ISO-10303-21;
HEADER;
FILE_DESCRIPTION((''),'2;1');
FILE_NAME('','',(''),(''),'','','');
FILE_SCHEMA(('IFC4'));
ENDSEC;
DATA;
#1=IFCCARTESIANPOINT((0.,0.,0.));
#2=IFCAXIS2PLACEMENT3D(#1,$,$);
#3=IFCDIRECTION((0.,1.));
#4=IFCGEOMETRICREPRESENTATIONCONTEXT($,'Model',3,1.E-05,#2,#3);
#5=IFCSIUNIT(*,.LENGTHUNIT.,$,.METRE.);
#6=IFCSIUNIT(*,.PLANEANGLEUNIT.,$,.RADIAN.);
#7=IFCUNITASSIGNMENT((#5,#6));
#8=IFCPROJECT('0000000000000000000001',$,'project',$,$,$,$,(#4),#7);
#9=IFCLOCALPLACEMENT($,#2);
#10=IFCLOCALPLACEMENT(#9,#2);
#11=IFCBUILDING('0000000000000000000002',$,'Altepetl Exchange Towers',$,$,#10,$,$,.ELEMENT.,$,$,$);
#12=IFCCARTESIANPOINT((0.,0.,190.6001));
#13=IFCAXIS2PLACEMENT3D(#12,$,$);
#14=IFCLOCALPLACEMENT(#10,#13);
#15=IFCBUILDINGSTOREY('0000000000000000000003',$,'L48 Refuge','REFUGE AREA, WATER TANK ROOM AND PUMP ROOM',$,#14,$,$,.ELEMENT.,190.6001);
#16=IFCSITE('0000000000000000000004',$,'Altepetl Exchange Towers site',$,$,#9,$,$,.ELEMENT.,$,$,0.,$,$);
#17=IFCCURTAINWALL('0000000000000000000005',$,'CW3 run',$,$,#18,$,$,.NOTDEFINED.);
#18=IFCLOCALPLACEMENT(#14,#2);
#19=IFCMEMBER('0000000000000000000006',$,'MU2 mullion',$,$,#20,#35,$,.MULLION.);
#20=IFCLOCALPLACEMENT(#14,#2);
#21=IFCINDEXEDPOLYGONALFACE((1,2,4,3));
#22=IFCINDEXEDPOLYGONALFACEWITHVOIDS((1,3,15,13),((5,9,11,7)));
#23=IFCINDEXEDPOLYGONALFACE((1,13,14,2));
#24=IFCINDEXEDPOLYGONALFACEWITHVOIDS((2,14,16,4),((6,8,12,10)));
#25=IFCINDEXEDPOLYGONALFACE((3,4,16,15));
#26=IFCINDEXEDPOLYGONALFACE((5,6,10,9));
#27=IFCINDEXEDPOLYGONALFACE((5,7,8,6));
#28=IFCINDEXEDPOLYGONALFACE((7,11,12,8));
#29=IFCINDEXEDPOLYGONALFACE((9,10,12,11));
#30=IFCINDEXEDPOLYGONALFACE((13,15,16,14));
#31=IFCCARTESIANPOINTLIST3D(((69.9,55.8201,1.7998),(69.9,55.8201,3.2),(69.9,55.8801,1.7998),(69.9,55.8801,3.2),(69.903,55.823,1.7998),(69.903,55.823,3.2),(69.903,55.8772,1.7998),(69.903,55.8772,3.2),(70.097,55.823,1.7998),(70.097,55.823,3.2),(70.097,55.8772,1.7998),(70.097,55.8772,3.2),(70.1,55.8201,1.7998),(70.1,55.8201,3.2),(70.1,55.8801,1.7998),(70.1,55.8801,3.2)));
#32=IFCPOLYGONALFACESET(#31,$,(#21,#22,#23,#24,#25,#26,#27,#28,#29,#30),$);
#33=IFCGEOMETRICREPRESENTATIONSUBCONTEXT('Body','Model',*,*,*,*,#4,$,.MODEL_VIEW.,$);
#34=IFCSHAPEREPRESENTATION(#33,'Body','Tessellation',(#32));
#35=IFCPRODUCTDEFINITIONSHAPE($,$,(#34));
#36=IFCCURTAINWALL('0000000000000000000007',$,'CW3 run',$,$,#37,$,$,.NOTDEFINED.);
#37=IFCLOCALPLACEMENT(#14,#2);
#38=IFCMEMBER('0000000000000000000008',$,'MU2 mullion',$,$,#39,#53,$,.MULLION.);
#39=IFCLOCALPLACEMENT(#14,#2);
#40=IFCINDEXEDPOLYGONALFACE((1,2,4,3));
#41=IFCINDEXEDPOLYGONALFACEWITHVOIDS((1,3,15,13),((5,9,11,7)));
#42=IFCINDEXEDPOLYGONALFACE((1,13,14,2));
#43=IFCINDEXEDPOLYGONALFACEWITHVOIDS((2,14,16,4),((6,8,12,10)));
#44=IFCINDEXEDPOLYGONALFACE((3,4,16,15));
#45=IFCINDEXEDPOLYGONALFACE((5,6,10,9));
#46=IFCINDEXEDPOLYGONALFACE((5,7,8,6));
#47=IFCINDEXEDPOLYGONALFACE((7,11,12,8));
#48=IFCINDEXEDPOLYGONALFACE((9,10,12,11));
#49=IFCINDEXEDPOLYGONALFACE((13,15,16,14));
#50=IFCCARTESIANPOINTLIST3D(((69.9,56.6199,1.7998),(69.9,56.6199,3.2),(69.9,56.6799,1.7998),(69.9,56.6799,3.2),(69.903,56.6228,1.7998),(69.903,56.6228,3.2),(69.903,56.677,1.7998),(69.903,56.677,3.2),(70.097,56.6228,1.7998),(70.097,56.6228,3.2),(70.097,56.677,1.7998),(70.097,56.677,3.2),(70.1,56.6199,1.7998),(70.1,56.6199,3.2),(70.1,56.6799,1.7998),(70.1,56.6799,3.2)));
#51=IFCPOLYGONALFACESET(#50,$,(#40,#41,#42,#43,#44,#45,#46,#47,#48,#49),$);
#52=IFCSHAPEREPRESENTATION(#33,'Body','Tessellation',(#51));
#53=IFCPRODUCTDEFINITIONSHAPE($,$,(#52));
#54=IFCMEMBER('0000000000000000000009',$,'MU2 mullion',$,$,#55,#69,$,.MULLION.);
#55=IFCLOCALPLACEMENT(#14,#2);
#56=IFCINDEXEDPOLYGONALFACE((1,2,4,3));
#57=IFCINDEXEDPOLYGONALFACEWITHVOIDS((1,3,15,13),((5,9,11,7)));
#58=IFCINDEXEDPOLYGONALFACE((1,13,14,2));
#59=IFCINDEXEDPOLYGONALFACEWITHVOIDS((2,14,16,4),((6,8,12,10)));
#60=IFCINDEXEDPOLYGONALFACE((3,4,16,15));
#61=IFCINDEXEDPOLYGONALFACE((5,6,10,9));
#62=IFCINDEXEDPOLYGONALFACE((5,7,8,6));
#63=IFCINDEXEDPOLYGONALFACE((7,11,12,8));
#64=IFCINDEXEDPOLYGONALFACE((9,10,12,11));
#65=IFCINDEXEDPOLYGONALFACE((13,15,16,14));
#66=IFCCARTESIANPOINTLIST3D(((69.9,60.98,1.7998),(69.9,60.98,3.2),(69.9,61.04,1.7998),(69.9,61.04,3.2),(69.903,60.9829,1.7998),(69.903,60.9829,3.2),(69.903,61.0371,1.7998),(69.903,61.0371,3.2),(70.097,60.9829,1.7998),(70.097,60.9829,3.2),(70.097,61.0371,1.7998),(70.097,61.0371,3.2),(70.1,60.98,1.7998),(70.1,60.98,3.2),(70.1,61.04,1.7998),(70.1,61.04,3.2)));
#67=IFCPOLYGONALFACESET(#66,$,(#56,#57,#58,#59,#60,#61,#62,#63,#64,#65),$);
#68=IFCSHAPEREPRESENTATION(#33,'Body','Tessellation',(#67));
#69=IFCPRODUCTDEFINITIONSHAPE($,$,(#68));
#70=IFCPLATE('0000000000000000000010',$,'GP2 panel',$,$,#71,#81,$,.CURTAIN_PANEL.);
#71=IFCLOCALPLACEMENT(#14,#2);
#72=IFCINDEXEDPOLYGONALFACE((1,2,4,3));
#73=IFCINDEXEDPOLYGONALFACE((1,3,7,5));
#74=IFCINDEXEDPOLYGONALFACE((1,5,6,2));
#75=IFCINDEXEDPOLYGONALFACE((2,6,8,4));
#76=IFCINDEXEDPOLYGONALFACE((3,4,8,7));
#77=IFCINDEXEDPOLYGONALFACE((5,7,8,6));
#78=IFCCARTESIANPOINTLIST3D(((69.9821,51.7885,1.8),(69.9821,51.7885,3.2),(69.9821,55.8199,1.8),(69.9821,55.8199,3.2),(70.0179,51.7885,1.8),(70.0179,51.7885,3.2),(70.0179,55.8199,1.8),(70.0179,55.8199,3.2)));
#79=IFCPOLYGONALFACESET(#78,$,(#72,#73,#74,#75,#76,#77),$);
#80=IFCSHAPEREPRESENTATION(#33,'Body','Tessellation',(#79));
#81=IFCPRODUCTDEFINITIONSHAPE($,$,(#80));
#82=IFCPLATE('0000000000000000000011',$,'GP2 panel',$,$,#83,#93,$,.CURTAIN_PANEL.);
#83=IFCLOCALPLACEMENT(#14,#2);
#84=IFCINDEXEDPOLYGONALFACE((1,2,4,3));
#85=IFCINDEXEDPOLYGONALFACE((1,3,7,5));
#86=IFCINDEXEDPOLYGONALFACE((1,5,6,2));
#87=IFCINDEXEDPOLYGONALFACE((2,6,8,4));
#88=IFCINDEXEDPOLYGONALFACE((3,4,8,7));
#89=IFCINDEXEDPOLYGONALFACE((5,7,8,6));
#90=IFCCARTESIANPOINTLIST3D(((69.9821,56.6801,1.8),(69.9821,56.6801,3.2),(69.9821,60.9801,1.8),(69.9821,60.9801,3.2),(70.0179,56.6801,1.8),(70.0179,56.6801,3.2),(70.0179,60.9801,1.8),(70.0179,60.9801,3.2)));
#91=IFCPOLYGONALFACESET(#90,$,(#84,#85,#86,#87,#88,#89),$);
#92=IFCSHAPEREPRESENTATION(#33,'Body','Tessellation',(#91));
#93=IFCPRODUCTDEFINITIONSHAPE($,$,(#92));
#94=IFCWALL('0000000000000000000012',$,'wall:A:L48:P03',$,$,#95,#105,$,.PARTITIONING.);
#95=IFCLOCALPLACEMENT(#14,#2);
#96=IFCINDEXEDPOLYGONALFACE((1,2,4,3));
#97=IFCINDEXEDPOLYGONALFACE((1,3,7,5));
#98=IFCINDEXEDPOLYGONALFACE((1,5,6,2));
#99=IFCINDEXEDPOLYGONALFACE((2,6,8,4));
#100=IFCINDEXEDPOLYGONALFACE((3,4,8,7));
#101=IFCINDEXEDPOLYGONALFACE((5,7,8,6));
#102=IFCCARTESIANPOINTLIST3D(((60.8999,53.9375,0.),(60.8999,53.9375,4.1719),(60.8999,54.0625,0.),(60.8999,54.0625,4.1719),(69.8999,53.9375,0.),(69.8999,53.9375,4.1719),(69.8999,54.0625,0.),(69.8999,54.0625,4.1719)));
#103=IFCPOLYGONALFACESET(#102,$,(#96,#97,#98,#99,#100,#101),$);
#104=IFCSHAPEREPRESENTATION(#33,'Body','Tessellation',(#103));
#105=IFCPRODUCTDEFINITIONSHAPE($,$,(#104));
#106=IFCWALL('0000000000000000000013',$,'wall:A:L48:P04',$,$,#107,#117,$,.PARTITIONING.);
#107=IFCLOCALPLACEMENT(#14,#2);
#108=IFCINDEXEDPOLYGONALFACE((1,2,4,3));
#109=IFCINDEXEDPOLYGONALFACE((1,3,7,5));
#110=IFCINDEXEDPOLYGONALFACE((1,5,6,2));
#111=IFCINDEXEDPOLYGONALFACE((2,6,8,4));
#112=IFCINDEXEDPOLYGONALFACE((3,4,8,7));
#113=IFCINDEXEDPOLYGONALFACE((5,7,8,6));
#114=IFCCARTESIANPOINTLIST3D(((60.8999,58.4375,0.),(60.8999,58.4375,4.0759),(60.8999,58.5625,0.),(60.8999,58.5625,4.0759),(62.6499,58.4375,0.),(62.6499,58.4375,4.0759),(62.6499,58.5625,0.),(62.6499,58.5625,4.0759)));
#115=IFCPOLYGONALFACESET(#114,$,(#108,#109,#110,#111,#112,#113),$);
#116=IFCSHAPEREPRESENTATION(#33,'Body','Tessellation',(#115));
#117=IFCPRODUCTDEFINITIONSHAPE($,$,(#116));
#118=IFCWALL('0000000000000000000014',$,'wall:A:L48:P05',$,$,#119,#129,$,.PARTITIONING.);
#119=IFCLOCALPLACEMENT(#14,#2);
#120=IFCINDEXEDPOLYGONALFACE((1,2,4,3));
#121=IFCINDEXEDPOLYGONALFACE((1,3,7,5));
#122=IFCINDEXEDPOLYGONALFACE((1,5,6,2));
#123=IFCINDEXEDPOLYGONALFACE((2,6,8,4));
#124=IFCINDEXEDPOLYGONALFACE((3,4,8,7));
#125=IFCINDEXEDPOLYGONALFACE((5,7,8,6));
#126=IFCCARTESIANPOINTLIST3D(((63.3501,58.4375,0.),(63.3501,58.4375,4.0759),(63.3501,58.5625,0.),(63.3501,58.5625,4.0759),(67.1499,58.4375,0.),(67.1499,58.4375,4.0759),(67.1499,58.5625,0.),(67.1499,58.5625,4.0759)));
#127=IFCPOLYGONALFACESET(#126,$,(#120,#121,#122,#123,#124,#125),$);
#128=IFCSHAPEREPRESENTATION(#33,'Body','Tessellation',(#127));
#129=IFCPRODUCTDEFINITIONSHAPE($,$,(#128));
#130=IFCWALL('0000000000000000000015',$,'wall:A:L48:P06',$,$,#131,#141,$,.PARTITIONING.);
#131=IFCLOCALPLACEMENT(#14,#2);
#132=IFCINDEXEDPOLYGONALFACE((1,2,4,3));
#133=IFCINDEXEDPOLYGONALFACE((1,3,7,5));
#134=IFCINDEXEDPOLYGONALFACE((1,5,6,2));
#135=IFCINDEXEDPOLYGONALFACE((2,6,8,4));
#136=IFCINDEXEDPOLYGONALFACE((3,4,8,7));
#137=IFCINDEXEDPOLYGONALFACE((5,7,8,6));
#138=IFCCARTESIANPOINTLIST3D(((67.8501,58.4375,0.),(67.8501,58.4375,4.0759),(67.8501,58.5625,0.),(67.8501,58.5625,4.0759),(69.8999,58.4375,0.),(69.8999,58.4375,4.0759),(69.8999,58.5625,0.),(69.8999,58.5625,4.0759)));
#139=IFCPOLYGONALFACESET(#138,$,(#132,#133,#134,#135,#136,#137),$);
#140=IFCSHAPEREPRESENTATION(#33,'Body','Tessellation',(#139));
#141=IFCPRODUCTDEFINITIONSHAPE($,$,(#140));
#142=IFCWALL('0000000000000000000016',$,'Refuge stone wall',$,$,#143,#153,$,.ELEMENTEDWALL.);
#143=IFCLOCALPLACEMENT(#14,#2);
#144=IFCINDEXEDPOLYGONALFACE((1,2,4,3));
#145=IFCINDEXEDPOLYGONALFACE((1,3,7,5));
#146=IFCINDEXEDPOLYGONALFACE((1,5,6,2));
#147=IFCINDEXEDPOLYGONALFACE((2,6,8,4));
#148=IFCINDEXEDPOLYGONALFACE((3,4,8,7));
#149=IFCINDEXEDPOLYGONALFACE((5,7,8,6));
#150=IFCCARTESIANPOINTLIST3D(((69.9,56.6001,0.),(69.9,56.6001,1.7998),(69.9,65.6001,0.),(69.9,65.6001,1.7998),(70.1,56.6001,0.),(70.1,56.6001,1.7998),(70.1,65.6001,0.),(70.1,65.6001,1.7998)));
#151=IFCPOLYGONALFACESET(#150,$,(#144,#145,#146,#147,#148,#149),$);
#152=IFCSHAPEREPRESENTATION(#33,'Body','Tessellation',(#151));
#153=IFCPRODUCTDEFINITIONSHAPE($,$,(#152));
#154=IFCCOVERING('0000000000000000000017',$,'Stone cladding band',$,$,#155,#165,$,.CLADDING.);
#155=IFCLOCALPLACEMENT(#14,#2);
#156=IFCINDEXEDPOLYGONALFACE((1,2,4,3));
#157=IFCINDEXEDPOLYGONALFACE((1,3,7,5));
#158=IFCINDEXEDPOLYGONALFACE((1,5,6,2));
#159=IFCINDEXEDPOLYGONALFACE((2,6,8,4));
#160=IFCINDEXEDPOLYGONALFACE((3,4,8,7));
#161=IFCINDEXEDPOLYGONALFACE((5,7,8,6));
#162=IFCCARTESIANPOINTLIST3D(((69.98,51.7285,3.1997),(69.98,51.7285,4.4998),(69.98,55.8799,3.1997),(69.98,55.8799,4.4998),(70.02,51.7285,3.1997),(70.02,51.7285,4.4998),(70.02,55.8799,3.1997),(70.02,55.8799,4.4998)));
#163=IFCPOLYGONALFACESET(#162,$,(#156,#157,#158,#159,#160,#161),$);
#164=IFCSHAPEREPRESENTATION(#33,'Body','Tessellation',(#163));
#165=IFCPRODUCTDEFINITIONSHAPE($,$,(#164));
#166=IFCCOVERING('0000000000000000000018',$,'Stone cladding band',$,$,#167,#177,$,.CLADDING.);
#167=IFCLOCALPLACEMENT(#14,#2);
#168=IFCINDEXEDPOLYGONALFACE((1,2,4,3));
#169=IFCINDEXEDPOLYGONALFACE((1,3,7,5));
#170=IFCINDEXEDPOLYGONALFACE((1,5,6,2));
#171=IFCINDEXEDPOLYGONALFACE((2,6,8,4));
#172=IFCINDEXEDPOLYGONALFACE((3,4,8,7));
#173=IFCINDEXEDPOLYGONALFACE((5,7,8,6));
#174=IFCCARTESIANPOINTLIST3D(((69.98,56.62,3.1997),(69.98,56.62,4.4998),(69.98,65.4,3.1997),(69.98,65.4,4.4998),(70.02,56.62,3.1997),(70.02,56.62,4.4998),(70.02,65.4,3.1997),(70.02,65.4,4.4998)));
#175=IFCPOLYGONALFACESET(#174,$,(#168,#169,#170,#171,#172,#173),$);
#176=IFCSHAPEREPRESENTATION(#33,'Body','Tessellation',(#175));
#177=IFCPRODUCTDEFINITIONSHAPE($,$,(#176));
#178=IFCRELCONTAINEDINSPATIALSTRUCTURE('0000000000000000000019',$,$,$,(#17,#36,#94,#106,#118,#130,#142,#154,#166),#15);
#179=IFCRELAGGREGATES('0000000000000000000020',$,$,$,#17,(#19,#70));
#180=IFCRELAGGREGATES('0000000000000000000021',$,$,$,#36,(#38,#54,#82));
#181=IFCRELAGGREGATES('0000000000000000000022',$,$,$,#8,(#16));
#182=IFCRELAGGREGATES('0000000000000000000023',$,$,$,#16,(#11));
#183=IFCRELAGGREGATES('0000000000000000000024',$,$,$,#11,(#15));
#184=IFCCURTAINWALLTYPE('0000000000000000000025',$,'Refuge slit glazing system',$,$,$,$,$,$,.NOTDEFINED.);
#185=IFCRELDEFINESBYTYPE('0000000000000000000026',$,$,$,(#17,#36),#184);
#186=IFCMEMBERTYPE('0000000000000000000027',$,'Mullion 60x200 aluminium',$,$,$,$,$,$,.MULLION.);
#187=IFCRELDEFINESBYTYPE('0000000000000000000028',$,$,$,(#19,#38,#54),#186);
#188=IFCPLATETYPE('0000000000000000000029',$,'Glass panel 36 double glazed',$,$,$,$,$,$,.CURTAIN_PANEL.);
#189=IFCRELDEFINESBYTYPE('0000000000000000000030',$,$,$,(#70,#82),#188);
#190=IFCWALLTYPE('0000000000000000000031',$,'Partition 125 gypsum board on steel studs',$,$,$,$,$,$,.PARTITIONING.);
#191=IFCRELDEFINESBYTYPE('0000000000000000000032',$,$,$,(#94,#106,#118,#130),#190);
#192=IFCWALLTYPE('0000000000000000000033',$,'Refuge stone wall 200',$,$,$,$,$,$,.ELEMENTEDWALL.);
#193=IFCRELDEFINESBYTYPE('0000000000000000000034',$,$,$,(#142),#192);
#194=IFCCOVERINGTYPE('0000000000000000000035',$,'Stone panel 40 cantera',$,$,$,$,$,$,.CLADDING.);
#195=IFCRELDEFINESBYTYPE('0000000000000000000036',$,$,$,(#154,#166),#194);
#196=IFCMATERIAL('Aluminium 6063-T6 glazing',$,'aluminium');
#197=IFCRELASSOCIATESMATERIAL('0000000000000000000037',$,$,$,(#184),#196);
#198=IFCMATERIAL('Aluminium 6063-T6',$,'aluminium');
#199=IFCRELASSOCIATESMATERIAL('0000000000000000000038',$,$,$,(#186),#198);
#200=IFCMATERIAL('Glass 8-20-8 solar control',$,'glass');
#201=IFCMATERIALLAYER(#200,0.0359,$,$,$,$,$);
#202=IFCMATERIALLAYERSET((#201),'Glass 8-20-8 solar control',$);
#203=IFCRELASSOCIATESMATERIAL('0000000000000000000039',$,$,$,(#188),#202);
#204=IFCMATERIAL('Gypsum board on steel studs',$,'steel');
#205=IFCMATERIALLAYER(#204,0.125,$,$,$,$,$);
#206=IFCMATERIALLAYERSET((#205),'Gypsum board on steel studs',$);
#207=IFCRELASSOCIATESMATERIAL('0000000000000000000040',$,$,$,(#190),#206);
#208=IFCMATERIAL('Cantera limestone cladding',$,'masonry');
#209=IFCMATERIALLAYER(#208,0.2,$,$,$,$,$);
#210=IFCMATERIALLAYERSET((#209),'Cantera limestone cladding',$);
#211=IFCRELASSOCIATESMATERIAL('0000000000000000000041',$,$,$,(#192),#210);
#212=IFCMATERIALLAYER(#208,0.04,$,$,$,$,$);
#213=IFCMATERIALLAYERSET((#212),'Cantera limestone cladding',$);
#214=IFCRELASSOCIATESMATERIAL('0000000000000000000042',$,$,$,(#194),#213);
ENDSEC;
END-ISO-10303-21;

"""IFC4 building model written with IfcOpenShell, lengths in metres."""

from ifc_helpers import new_model, si_unit, direction, frame, frame_2d, origin, origin_2d, place, context, subcontext, project, spatial, rectangle, hollow_rectangle, extrude, material, layer, layer_set, material_profile, profile_set, type_object, element, aggregate, save


model = new_model("IFC4")

# Units and contexts
model_context = context("Model", 3, precision=1e-05, world=origin(), true_north=direction((0.0, 1.0)))
body_context = subcontext(model_context, "Body", "Model", "MODEL_VIEW")
ifc_project = project(units=[si_unit("LENGTHUNIT", "METRE"), si_unit("PLANEANGLEUNIT", "RADIAN")], contexts=[model_context])

# Site, building, storey
site_placement = place(None, origin())
site = spatial("IfcSite", under=ifc_project, at=site_placement, Name="Altepetl Exchange Towers site", CompositionType="ELEMENT", RefElevation=0.0)
building_placement = place(site_placement, origin())
building = spatial("IfcBuilding", under=site, at=building_placement, Name="Altepetl Exchange Towers", CompositionType="ELEMENT")
storey_placement = place(building_placement, frame((0.0, 0.0, 190.6001)))
storey = spatial("IfcBuildingStorey", under=building, at=storey_placement, Name="L48 Refuge", Description="REFUGE AREA, WATER TANK ROOM AND PUMP ROOM", CompositionType="ELEMENT", Elevation=190.6001)

# Curtain wall, member
ifc_material_1 = material(Name="Aluminium 6063-T6 glazing", Category="aluminium")
curtain_wall_type = type_object("IfcCurtainWallType", Name="Refuge slit glazing system", PredefinedType="NOTDEFINED", material=ifc_material_1)
curtain_wall_1_placement = place(storey_placement, origin())
curtain_wall_1 = element("IfcCurtainWall", 1, at=curtain_wall_1_placement, inside=storey, type_object=curtain_wall_type, Name="CW3 run", PredefinedType="NOTDEFINED")
ifc_material_2 = material(Name="Aluminium 6063-T6", Category="aluminium")
ifc_material_profile_1 = material_profile(ifc_material_2, hollow_rectangle(XDim=0.0601, YDim=0.2, WallThickness=0.0029, at=origin_2d()), Name="Mullion 60x200 aluminium")
ifc_profile_set_1 = profile_set([ifc_material_profile_1], Name="Aluminium 6063-T6")
member_type = type_object("IfcMemberType", Name="Mullion 60x200 aluminium", PredefinedType="MULLION", material=ifc_profile_set_1)
member_1_placement = place(storey_placement, frame((70.0, 55.8501, 1.7998), z_axis=(0.0, 0.0, 1.0), x_axis=(0.0, 1.0, 0.0)))
member_1 = element("IfcMember", 2, at=member_1_placement, type_object=member_type, Name="MU2 mullion", PredefinedType="MULLION", context=body_context, shape_type="SweptSolid", body=[
    extrude(hollow_rectangle(XDim=0.0601, YDim=0.2, WallThickness=0.0029, at=origin_2d()), origin(), (0.0, 0.0, 1.0), 1.4001),
])

# Curtain wall, members
curtain_wall_2_placement = place(storey_placement, origin())
curtain_wall_2 = element("IfcCurtainWall", 3, at=curtain_wall_2_placement, inside=storey, type_object=curtain_wall_type, Name="CW3 run", PredefinedType="NOTDEFINED")
member_2_placement = place(storey_placement, frame((70.0, 56.6499, 1.7998), z_axis=(0.0, 0.0, 1.0), x_axis=(0.0, 1.0, 0.0)))
member_2 = element("IfcMember", 4, at=member_2_placement, type_object=member_type, Name="MU2 mullion", PredefinedType="MULLION", context=body_context, shape_type="SweptSolid", body=[
    extrude(hollow_rectangle(XDim=0.0601, YDim=0.2, WallThickness=0.0029, at=origin_2d()), origin(), (0.0, 0.0, 1.0), 1.4001),
])
member_3_placement = place(storey_placement, frame((70.0, 61.01, 1.7998), z_axis=(0.0, 0.0, 1.0), x_axis=(0.0, 1.0, 0.0)))
member_3 = element("IfcMember", 5, at=member_3_placement, type_object=member_type, Name="MU2 mullion", PredefinedType="MULLION", context=body_context, shape_type="SweptSolid", body=[
    extrude(hollow_rectangle(XDim=0.0601, YDim=0.2, WallThickness=0.0029, at=origin_2d()), origin(), (0.0, 0.0, 1.0), 1.4001),
])

# Plates
ifc_material_3 = material(Name="Glass 8-20-8 solar control", Category="glass")
ifc_layer_1 = layer(ifc_material_3, 0.0359)
ifc_layer_set_1 = layer_set([ifc_layer_1], Name="Glass 8-20-8 solar control")
plate_type = type_object("IfcPlateType", Name="Glass panel 36 double glazed", PredefinedType="CURTAIN_PANEL", material=ifc_layer_set_1)
plate_1_placement = place(storey_placement, frame((70.0, 53.8042, 1.8), z_axis=(0.0, 0.0, 1.0), x_axis=(0.0, 1.0, 0.0)))
plate_1 = element("IfcPlate", 6, at=plate_1_placement, type_object=plate_type, Name="GP2 panel", PredefinedType="CURTAIN_PANEL", context=body_context, shape_type="SweptSolid", body=[
    extrude(rectangle(XDim=4.0315, YDim=0.0359, at=origin_2d()), origin(), (0.0, 0.0, 1.0), 1.3999),
])
aggregate(curtain_wall_1, [member_1, plate_1])
plate_2_placement = place(storey_placement, frame((70.0, 58.8301, 1.8), z_axis=(0.0, 0.0, 1.0), x_axis=(0.0, 1.0, 0.0)))
plate_2 = element("IfcPlate", 7, at=plate_2_placement, type_object=plate_type, Name="GP2 panel", PredefinedType="CURTAIN_PANEL", context=body_context, shape_type="SweptSolid", body=[
    extrude(rectangle(XDim=4.3, YDim=0.0359, at=origin_2d()), origin(), (0.0, 0.0, 1.0), 1.3999),
])
aggregate(curtain_wall_2, [member_2, member_3, plate_2])

# Walls
ifc_material_4 = material(Name="Gypsum board on steel studs", Category="steel")
ifc_layer_2 = layer(ifc_material_4, 0.125)
ifc_layer_set_2 = layer_set([ifc_layer_2], Name="Gypsum board on steel studs")
wall_type_1 = type_object("IfcWallType", Name="Partition 125 gypsum board on steel studs", PredefinedType="PARTITIONING", material=ifc_layer_set_2)
wall_1_placement = place(storey_placement, frame((60.8999, 54.0, 0.0)))
element("IfcWall", 8, at=wall_1_placement, inside=storey, type_object=wall_type_1, Name="wall:A:L48:P03", PredefinedType="PARTITIONING", context=body_context, shape_type="SweptSolid", body=[
    extrude(rectangle(XDim=9.0, YDim=0.125, at=frame_2d((4.5, 0.0))), origin(), (0.0, 0.0, 1.0), 4.1719),
])
wall_2_placement = place(storey_placement, frame((60.8999, 58.5, 0.0)))
element("IfcWall", 9, at=wall_2_placement, inside=storey, type_object=wall_type_1, Name="wall:A:L48:P04", PredefinedType="PARTITIONING", context=body_context, shape_type="SweptSolid", body=[
    extrude(rectangle(XDim=1.75, YDim=0.125, at=frame_2d((0.875, 0.0))), origin(), (0.0, 0.0, 1.0), 4.0759),
])
wall_3_placement = place(storey_placement, frame((63.3501, 58.5, 0.0)))
element("IfcWall", 10, at=wall_3_placement, inside=storey, type_object=wall_type_1, Name="wall:A:L48:P05", PredefinedType="PARTITIONING", context=body_context, shape_type="SweptSolid", body=[
    extrude(rectangle(XDim=3.7998, YDim=0.125, at=frame_2d((1.8999, 0.0))), origin(), (0.0, 0.0, 1.0), 4.0759),
])
wall_4_placement = place(storey_placement, frame((67.8501, 58.5, 0.0)))
element("IfcWall", 11, at=wall_4_placement, inside=storey, type_object=wall_type_1, Name="wall:A:L48:P06", PredefinedType="PARTITIONING", context=body_context, shape_type="SweptSolid", body=[
    extrude(rectangle(XDim=2.0498, YDim=0.125, at=frame_2d((1.0249, 0.0))), origin(), (0.0, 0.0, 1.0), 4.0759),
])
ifc_material_5 = material(Name="Cantera limestone cladding", Category="masonry")
ifc_layer_3 = layer(ifc_material_5, 0.2)
ifc_layer_set_3 = layer_set([ifc_layer_3], Name="Cantera limestone cladding")
wall_type_2 = type_object("IfcWallType", Name="Refuge stone wall 200", PredefinedType="ELEMENTEDWALL", material=ifc_layer_set_3)
wall_5_placement = place(storey_placement, frame((70.0, 56.6001, 0.0), z_axis=(0.0, 0.0, 1.0), x_axis=(0.0, 1.0, 0.0)))
element("IfcWall", 12, at=wall_5_placement, inside=storey, type_object=wall_type_2, Name="Refuge stone wall", PredefinedType="ELEMENTEDWALL", context=body_context, shape_type="SweptSolid", body=[
    extrude(rectangle(XDim=9.0, YDim=0.2, at=frame_2d((4.5, 0.0))), origin(), (0.0, 0.0, 1.0), 1.7998),
])

# Coverings
ifc_layer_4 = layer(ifc_material_5, 0.04)
ifc_layer_set_4 = layer_set([ifc_layer_4], Name="Cantera limestone cladding")
covering_type = type_object("IfcCoveringType", Name="Stone panel 40 cantera", PredefinedType="CLADDING", material=ifc_layer_set_4)
covering_1_placement = place(storey_placement, frame((70.0, 53.8042, 3.1997), z_axis=(0.0, 0.0, 1.0), x_axis=(0.0, 1.0, 0.0)))
element("IfcCovering", 13, at=covering_1_placement, inside=storey, type_object=covering_type, Name="Stone cladding band", PredefinedType="CLADDING", context=body_context, shape_type="SweptSolid", body=[
    extrude(rectangle(XDim=4.1514, YDim=0.04, at=origin_2d()), origin(), (0.0, 0.0, 1.0), 1.3),
])
covering_2_placement = place(storey_placement, frame((70.0, 61.01, 3.1997), z_axis=(0.0, 0.0, 1.0), x_axis=(0.0, 1.0, 0.0)))
element("IfcCovering", 14, at=covering_2_placement, inside=storey, type_object=covering_type, Name="Stone cladding band", PredefinedType="CLADDING", context=body_context, shape_type="SweptSolid", body=[
    extrude(rectangle(XDim=8.78, YDim=0.04, at=origin_2d()), origin(), (0.0, 0.0, 1.0), 1.3),
])

save(model, "model.ifc")
